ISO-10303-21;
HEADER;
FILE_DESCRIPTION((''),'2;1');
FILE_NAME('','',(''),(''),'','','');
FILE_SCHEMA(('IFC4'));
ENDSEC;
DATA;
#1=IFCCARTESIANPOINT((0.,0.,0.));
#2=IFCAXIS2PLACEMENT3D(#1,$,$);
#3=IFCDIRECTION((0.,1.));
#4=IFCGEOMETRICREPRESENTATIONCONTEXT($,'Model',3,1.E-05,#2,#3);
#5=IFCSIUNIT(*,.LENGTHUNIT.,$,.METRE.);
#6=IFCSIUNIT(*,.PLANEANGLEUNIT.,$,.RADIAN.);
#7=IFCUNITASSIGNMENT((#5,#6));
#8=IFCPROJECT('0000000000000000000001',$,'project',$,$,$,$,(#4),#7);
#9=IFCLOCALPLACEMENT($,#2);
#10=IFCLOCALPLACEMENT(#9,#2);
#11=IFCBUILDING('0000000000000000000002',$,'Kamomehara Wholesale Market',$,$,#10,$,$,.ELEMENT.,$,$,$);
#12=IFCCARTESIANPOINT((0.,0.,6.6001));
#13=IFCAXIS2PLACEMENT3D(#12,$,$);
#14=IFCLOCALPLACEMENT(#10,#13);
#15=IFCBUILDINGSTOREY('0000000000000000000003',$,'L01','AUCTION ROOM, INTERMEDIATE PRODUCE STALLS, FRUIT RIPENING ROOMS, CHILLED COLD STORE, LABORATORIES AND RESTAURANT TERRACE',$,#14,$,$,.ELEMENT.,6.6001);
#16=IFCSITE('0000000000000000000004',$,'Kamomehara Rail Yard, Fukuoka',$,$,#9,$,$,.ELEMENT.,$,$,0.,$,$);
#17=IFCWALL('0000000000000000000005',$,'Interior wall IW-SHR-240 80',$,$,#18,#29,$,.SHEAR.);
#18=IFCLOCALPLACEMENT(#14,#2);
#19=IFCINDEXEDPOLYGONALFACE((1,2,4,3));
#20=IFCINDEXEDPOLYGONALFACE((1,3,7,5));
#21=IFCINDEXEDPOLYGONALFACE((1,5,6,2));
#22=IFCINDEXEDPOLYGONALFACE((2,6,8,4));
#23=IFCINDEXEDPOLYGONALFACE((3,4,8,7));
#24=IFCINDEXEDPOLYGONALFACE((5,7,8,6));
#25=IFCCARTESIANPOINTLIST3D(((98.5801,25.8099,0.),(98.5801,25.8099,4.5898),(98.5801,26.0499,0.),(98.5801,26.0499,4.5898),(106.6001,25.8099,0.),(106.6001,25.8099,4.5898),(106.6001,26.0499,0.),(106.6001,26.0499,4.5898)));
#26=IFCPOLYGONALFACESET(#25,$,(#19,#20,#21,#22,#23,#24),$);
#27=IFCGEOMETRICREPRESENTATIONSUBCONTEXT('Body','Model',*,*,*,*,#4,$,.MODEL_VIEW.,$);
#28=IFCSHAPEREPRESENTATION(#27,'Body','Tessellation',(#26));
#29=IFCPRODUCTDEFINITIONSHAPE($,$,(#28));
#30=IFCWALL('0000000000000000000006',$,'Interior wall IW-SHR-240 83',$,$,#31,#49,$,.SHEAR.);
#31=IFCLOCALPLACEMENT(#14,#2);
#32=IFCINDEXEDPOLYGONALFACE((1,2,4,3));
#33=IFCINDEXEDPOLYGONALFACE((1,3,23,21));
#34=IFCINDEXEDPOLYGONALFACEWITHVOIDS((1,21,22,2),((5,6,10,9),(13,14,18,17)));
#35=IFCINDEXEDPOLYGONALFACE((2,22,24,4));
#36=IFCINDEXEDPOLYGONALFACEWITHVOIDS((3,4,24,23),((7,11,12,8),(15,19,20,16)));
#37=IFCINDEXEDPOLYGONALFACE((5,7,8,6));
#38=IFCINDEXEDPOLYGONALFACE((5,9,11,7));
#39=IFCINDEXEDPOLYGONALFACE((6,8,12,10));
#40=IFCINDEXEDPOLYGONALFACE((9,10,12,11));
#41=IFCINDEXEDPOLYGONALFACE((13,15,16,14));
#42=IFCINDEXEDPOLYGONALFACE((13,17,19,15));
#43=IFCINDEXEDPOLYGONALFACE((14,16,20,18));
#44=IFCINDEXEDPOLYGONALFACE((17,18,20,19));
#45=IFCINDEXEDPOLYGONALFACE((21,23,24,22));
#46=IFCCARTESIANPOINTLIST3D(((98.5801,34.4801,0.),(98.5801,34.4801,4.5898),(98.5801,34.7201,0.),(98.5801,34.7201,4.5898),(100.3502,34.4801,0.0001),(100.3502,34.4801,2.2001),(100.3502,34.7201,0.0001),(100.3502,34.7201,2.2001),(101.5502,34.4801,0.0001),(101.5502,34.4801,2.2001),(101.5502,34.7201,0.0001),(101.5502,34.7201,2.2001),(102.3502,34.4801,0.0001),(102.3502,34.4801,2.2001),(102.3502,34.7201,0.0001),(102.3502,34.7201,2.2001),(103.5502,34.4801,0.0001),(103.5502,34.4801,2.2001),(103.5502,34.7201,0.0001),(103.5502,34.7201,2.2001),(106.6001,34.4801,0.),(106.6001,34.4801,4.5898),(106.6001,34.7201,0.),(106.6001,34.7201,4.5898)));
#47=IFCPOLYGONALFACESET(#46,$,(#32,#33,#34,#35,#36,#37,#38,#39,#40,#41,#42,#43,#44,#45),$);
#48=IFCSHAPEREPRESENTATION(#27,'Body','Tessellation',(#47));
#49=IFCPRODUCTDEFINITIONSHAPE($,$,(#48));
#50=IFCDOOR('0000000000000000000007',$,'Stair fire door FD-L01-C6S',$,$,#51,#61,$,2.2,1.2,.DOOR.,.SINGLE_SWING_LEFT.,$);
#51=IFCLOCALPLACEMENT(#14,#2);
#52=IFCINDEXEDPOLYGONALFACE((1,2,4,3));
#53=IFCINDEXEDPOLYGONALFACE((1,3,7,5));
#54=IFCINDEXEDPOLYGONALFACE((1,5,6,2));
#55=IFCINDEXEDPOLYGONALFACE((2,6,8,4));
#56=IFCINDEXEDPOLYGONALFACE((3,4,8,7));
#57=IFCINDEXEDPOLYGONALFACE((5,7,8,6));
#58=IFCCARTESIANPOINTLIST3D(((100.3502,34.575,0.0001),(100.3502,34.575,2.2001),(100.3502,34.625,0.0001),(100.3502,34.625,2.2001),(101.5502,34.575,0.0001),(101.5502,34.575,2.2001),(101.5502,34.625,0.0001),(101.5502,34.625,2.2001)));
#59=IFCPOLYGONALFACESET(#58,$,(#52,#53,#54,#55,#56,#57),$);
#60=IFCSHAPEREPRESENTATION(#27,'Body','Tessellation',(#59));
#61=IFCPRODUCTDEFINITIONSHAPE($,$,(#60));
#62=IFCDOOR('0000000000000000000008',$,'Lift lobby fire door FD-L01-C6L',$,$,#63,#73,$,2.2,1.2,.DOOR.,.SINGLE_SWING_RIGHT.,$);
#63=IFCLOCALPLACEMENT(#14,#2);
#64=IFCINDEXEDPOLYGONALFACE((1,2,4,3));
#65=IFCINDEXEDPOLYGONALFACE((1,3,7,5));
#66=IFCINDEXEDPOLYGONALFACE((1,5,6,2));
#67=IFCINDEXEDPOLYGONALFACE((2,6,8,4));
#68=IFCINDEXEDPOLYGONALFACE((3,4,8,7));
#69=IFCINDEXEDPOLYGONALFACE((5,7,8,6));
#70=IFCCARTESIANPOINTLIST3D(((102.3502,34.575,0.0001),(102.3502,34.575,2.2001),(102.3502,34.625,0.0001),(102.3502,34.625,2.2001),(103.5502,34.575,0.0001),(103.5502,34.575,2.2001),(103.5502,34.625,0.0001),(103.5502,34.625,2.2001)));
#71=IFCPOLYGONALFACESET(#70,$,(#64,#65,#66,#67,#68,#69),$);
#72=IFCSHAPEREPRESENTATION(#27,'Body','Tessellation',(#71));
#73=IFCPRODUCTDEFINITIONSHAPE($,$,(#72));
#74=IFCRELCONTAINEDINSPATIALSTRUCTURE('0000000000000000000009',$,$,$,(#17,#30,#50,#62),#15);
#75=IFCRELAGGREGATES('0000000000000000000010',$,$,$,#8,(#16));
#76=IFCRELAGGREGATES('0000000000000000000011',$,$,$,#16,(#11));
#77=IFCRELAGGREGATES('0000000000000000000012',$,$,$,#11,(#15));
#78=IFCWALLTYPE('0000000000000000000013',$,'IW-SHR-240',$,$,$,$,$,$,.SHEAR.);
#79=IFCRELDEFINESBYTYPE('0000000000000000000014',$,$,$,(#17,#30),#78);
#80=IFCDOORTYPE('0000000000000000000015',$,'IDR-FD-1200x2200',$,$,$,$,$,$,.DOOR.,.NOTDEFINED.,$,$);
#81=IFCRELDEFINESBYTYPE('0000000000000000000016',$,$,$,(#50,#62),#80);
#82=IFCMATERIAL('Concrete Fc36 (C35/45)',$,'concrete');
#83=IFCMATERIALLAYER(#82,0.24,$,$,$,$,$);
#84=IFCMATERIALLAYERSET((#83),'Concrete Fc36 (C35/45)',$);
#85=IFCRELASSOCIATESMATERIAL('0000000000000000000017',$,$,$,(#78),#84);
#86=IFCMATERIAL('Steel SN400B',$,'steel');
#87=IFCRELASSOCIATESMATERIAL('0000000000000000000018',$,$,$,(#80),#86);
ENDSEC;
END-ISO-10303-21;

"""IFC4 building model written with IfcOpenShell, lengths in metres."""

from ifc_helpers import new_model, si_unit, direction, frame, frame_2d, origin, place, context, subcontext, project, spatial, rectangle, extrude, material, layer, layer_set, type_object, element, fill, save


model = new_model("IFC4")

# Units and contexts
model_context = context("Model", 3, precision=1e-05, world=origin(), true_north=direction((0.0, 1.0)))
body_context = subcontext(model_context, "Body", "Model", "MODEL_VIEW")
ifc_project = project(units=[si_unit("LENGTHUNIT", "METRE"), si_unit("PLANEANGLEUNIT", "RADIAN")], contexts=[model_context])

# Site, building, storey
site_placement = place(None, origin())
site = spatial("IfcSite", under=ifc_project, at=site_placement, Name="Kamomehara Rail Yard, Fukuoka", CompositionType="ELEMENT", RefElevation=0.0)
building_placement = place(site_placement, origin())
building = spatial("IfcBuilding", under=site, at=building_placement, Name="Kamomehara Wholesale Market", CompositionType="ELEMENT")
storey_placement = place(building_placement, frame((0.0, 0.0, 6.6001)))
storey = spatial("IfcBuildingStorey", under=building, at=storey_placement, Name="L01", Description="AUCTION ROOM, INTERMEDIATE PRODUCE STALLS, FRUIT RIPENING ROOMS, CHILLED COLD STORE, LABORATORIES AND RESTAURANT TERRACE", CompositionType="ELEMENT", Elevation=6.6001)

# Shared definitions
ifc_material_1 = material(Name="Concrete Fc36 (C35/45)", Category="concrete")
ifc_layer_1 = layer(ifc_material_1, 0.24)
ifc_layer_set_1 = layer_set([ifc_layer_1], Name="Concrete Fc36 (C35/45)")
wall_type_1 = type_object("IfcWallType", Name="IW-SHR-240", PredefinedType="SHEAR", material=ifc_layer_set_1)

# Wall
wall_1_placement = place(storey_placement, frame((98.5801, 25.9299, 0.0), z_axis=(0.0, 0.0, 1.0), x_axis=(1.0, 0.0, 0.0)))
element("IfcWall", 1, at=wall_1_placement, inside=storey, type_object=wall_type_1, Name="Interior wall IW-SHR-240 80", PredefinedType="SHEAR", context=body_context, shape_type="SweptSolid", body=[
    extrude(rectangle(XDim=8.02, YDim=0.24, at=frame_2d((4.01, 0.0))), origin(), (0.0, 0.0, 1.0), 4.5898),
])

# Wall, openings, doors
wall_2_placement = place(storey_placement, frame((98.5801, 34.6001, 0.0), z_axis=(0.0, 0.0, 1.0), x_axis=(1.0, 0.0, 0.0)))
wall_2 = element("IfcWall", 2, at=wall_2_placement, inside=storey, type_object=wall_type_1, Name="Interior wall IW-SHR-240 83", PredefinedType="SHEAR", context=body_context, shape_type="SweptSolid", body=[
    extrude(rectangle(XDim=8.02, YDim=0.24, at=frame_2d((4.01, 0.0))), origin(), (0.0, 0.0, 1.0), 4.5898),
])
opening_1_placement = place(wall_2_placement, frame((1.77, 0.0, 0.0)))
opening_1 = element("IfcOpeningElement", 3, at=opening_1_placement, cuts=wall_2, PredefinedType="OPENING", context=body_context, shape_type="SweptSolid", body=[
    extrude(rectangle(XDim=1.2, YDim=2.2, at=frame_2d((0.6001, 1.1001))), frame((0.0, 0.1348, 0.0), z_axis=(0.0, -1.0, 0.0), x_axis=(1.0, 0.0, 0.0)), (0.0, 0.0, 1.0), 0.2698),
])
opening_2_placement = place(wall_2_placement, frame((3.77, 0.0, 0.0)))
opening_2 = element("IfcOpeningElement", 4, at=opening_2_placement, cuts=wall_2, PredefinedType="OPENING", context=body_context, shape_type="SweptSolid", body=[
    extrude(rectangle(XDim=1.2, YDim=2.2, at=frame_2d((0.6001, 1.1001))), frame((0.0, 0.1348, 0.0), z_axis=(0.0, -1.0, 0.0), x_axis=(1.0, 0.0, 0.0)), (0.0, 0.0, 1.0), 0.2698),
])
ifc_material_2 = material(Name="Steel SN400B", Category="steel")
door_type_1 = type_object("IfcDoorType", Name="IDR-FD-1200x2200", OperationType="NOTDEFINED", PredefinedType="DOOR", material=ifc_material_2)
door_1_placement = place(opening_1_placement, origin())
door_1 = element("IfcDoor", 5, at=door_1_placement, inside=storey, type_object=door_type_1, Name="Stair fire door FD-L01-C6S", OperationType="SINGLE_SWING_LEFT", OverallHeight=2.2, OverallWidth=1.2, PredefinedType="DOOR", context=body_context, shape_type="SweptSolid", body=[
    extrude(rectangle(XDim=1.2, YDim=2.2, at=frame_2d((0.6001, 1.1001))), frame((0.0, 0.0249, 0.0), z_axis=(0.0, -1.0, 0.0), x_axis=(1.0, 0.0, 0.0)), (0.0, 0.0, 1.0), 0.05),
])
fill(opening_1, door_1)
door_2_placement = place(opening_2_placement, origin())
door_2 = element("IfcDoor", 6, at=door_2_placement, inside=storey, type_object=door_type_1, Name="Lift lobby fire door FD-L01-C6L", OperationType="SINGLE_SWING_RIGHT", OverallHeight=2.2, OverallWidth=1.2, PredefinedType="DOOR", context=body_context, shape_type="SweptSolid", body=[
    extrude(rectangle(XDim=1.2, YDim=2.2, at=frame_2d((0.6001, 1.1001))), frame((0.0, 0.0249, 0.0), z_axis=(0.0, -1.0, 0.0), x_axis=(1.0, 0.0, 0.0)), (0.0, 0.0, 1.0), 0.05),
])
fill(opening_2, door_2)

save(model, "model.ifc")
